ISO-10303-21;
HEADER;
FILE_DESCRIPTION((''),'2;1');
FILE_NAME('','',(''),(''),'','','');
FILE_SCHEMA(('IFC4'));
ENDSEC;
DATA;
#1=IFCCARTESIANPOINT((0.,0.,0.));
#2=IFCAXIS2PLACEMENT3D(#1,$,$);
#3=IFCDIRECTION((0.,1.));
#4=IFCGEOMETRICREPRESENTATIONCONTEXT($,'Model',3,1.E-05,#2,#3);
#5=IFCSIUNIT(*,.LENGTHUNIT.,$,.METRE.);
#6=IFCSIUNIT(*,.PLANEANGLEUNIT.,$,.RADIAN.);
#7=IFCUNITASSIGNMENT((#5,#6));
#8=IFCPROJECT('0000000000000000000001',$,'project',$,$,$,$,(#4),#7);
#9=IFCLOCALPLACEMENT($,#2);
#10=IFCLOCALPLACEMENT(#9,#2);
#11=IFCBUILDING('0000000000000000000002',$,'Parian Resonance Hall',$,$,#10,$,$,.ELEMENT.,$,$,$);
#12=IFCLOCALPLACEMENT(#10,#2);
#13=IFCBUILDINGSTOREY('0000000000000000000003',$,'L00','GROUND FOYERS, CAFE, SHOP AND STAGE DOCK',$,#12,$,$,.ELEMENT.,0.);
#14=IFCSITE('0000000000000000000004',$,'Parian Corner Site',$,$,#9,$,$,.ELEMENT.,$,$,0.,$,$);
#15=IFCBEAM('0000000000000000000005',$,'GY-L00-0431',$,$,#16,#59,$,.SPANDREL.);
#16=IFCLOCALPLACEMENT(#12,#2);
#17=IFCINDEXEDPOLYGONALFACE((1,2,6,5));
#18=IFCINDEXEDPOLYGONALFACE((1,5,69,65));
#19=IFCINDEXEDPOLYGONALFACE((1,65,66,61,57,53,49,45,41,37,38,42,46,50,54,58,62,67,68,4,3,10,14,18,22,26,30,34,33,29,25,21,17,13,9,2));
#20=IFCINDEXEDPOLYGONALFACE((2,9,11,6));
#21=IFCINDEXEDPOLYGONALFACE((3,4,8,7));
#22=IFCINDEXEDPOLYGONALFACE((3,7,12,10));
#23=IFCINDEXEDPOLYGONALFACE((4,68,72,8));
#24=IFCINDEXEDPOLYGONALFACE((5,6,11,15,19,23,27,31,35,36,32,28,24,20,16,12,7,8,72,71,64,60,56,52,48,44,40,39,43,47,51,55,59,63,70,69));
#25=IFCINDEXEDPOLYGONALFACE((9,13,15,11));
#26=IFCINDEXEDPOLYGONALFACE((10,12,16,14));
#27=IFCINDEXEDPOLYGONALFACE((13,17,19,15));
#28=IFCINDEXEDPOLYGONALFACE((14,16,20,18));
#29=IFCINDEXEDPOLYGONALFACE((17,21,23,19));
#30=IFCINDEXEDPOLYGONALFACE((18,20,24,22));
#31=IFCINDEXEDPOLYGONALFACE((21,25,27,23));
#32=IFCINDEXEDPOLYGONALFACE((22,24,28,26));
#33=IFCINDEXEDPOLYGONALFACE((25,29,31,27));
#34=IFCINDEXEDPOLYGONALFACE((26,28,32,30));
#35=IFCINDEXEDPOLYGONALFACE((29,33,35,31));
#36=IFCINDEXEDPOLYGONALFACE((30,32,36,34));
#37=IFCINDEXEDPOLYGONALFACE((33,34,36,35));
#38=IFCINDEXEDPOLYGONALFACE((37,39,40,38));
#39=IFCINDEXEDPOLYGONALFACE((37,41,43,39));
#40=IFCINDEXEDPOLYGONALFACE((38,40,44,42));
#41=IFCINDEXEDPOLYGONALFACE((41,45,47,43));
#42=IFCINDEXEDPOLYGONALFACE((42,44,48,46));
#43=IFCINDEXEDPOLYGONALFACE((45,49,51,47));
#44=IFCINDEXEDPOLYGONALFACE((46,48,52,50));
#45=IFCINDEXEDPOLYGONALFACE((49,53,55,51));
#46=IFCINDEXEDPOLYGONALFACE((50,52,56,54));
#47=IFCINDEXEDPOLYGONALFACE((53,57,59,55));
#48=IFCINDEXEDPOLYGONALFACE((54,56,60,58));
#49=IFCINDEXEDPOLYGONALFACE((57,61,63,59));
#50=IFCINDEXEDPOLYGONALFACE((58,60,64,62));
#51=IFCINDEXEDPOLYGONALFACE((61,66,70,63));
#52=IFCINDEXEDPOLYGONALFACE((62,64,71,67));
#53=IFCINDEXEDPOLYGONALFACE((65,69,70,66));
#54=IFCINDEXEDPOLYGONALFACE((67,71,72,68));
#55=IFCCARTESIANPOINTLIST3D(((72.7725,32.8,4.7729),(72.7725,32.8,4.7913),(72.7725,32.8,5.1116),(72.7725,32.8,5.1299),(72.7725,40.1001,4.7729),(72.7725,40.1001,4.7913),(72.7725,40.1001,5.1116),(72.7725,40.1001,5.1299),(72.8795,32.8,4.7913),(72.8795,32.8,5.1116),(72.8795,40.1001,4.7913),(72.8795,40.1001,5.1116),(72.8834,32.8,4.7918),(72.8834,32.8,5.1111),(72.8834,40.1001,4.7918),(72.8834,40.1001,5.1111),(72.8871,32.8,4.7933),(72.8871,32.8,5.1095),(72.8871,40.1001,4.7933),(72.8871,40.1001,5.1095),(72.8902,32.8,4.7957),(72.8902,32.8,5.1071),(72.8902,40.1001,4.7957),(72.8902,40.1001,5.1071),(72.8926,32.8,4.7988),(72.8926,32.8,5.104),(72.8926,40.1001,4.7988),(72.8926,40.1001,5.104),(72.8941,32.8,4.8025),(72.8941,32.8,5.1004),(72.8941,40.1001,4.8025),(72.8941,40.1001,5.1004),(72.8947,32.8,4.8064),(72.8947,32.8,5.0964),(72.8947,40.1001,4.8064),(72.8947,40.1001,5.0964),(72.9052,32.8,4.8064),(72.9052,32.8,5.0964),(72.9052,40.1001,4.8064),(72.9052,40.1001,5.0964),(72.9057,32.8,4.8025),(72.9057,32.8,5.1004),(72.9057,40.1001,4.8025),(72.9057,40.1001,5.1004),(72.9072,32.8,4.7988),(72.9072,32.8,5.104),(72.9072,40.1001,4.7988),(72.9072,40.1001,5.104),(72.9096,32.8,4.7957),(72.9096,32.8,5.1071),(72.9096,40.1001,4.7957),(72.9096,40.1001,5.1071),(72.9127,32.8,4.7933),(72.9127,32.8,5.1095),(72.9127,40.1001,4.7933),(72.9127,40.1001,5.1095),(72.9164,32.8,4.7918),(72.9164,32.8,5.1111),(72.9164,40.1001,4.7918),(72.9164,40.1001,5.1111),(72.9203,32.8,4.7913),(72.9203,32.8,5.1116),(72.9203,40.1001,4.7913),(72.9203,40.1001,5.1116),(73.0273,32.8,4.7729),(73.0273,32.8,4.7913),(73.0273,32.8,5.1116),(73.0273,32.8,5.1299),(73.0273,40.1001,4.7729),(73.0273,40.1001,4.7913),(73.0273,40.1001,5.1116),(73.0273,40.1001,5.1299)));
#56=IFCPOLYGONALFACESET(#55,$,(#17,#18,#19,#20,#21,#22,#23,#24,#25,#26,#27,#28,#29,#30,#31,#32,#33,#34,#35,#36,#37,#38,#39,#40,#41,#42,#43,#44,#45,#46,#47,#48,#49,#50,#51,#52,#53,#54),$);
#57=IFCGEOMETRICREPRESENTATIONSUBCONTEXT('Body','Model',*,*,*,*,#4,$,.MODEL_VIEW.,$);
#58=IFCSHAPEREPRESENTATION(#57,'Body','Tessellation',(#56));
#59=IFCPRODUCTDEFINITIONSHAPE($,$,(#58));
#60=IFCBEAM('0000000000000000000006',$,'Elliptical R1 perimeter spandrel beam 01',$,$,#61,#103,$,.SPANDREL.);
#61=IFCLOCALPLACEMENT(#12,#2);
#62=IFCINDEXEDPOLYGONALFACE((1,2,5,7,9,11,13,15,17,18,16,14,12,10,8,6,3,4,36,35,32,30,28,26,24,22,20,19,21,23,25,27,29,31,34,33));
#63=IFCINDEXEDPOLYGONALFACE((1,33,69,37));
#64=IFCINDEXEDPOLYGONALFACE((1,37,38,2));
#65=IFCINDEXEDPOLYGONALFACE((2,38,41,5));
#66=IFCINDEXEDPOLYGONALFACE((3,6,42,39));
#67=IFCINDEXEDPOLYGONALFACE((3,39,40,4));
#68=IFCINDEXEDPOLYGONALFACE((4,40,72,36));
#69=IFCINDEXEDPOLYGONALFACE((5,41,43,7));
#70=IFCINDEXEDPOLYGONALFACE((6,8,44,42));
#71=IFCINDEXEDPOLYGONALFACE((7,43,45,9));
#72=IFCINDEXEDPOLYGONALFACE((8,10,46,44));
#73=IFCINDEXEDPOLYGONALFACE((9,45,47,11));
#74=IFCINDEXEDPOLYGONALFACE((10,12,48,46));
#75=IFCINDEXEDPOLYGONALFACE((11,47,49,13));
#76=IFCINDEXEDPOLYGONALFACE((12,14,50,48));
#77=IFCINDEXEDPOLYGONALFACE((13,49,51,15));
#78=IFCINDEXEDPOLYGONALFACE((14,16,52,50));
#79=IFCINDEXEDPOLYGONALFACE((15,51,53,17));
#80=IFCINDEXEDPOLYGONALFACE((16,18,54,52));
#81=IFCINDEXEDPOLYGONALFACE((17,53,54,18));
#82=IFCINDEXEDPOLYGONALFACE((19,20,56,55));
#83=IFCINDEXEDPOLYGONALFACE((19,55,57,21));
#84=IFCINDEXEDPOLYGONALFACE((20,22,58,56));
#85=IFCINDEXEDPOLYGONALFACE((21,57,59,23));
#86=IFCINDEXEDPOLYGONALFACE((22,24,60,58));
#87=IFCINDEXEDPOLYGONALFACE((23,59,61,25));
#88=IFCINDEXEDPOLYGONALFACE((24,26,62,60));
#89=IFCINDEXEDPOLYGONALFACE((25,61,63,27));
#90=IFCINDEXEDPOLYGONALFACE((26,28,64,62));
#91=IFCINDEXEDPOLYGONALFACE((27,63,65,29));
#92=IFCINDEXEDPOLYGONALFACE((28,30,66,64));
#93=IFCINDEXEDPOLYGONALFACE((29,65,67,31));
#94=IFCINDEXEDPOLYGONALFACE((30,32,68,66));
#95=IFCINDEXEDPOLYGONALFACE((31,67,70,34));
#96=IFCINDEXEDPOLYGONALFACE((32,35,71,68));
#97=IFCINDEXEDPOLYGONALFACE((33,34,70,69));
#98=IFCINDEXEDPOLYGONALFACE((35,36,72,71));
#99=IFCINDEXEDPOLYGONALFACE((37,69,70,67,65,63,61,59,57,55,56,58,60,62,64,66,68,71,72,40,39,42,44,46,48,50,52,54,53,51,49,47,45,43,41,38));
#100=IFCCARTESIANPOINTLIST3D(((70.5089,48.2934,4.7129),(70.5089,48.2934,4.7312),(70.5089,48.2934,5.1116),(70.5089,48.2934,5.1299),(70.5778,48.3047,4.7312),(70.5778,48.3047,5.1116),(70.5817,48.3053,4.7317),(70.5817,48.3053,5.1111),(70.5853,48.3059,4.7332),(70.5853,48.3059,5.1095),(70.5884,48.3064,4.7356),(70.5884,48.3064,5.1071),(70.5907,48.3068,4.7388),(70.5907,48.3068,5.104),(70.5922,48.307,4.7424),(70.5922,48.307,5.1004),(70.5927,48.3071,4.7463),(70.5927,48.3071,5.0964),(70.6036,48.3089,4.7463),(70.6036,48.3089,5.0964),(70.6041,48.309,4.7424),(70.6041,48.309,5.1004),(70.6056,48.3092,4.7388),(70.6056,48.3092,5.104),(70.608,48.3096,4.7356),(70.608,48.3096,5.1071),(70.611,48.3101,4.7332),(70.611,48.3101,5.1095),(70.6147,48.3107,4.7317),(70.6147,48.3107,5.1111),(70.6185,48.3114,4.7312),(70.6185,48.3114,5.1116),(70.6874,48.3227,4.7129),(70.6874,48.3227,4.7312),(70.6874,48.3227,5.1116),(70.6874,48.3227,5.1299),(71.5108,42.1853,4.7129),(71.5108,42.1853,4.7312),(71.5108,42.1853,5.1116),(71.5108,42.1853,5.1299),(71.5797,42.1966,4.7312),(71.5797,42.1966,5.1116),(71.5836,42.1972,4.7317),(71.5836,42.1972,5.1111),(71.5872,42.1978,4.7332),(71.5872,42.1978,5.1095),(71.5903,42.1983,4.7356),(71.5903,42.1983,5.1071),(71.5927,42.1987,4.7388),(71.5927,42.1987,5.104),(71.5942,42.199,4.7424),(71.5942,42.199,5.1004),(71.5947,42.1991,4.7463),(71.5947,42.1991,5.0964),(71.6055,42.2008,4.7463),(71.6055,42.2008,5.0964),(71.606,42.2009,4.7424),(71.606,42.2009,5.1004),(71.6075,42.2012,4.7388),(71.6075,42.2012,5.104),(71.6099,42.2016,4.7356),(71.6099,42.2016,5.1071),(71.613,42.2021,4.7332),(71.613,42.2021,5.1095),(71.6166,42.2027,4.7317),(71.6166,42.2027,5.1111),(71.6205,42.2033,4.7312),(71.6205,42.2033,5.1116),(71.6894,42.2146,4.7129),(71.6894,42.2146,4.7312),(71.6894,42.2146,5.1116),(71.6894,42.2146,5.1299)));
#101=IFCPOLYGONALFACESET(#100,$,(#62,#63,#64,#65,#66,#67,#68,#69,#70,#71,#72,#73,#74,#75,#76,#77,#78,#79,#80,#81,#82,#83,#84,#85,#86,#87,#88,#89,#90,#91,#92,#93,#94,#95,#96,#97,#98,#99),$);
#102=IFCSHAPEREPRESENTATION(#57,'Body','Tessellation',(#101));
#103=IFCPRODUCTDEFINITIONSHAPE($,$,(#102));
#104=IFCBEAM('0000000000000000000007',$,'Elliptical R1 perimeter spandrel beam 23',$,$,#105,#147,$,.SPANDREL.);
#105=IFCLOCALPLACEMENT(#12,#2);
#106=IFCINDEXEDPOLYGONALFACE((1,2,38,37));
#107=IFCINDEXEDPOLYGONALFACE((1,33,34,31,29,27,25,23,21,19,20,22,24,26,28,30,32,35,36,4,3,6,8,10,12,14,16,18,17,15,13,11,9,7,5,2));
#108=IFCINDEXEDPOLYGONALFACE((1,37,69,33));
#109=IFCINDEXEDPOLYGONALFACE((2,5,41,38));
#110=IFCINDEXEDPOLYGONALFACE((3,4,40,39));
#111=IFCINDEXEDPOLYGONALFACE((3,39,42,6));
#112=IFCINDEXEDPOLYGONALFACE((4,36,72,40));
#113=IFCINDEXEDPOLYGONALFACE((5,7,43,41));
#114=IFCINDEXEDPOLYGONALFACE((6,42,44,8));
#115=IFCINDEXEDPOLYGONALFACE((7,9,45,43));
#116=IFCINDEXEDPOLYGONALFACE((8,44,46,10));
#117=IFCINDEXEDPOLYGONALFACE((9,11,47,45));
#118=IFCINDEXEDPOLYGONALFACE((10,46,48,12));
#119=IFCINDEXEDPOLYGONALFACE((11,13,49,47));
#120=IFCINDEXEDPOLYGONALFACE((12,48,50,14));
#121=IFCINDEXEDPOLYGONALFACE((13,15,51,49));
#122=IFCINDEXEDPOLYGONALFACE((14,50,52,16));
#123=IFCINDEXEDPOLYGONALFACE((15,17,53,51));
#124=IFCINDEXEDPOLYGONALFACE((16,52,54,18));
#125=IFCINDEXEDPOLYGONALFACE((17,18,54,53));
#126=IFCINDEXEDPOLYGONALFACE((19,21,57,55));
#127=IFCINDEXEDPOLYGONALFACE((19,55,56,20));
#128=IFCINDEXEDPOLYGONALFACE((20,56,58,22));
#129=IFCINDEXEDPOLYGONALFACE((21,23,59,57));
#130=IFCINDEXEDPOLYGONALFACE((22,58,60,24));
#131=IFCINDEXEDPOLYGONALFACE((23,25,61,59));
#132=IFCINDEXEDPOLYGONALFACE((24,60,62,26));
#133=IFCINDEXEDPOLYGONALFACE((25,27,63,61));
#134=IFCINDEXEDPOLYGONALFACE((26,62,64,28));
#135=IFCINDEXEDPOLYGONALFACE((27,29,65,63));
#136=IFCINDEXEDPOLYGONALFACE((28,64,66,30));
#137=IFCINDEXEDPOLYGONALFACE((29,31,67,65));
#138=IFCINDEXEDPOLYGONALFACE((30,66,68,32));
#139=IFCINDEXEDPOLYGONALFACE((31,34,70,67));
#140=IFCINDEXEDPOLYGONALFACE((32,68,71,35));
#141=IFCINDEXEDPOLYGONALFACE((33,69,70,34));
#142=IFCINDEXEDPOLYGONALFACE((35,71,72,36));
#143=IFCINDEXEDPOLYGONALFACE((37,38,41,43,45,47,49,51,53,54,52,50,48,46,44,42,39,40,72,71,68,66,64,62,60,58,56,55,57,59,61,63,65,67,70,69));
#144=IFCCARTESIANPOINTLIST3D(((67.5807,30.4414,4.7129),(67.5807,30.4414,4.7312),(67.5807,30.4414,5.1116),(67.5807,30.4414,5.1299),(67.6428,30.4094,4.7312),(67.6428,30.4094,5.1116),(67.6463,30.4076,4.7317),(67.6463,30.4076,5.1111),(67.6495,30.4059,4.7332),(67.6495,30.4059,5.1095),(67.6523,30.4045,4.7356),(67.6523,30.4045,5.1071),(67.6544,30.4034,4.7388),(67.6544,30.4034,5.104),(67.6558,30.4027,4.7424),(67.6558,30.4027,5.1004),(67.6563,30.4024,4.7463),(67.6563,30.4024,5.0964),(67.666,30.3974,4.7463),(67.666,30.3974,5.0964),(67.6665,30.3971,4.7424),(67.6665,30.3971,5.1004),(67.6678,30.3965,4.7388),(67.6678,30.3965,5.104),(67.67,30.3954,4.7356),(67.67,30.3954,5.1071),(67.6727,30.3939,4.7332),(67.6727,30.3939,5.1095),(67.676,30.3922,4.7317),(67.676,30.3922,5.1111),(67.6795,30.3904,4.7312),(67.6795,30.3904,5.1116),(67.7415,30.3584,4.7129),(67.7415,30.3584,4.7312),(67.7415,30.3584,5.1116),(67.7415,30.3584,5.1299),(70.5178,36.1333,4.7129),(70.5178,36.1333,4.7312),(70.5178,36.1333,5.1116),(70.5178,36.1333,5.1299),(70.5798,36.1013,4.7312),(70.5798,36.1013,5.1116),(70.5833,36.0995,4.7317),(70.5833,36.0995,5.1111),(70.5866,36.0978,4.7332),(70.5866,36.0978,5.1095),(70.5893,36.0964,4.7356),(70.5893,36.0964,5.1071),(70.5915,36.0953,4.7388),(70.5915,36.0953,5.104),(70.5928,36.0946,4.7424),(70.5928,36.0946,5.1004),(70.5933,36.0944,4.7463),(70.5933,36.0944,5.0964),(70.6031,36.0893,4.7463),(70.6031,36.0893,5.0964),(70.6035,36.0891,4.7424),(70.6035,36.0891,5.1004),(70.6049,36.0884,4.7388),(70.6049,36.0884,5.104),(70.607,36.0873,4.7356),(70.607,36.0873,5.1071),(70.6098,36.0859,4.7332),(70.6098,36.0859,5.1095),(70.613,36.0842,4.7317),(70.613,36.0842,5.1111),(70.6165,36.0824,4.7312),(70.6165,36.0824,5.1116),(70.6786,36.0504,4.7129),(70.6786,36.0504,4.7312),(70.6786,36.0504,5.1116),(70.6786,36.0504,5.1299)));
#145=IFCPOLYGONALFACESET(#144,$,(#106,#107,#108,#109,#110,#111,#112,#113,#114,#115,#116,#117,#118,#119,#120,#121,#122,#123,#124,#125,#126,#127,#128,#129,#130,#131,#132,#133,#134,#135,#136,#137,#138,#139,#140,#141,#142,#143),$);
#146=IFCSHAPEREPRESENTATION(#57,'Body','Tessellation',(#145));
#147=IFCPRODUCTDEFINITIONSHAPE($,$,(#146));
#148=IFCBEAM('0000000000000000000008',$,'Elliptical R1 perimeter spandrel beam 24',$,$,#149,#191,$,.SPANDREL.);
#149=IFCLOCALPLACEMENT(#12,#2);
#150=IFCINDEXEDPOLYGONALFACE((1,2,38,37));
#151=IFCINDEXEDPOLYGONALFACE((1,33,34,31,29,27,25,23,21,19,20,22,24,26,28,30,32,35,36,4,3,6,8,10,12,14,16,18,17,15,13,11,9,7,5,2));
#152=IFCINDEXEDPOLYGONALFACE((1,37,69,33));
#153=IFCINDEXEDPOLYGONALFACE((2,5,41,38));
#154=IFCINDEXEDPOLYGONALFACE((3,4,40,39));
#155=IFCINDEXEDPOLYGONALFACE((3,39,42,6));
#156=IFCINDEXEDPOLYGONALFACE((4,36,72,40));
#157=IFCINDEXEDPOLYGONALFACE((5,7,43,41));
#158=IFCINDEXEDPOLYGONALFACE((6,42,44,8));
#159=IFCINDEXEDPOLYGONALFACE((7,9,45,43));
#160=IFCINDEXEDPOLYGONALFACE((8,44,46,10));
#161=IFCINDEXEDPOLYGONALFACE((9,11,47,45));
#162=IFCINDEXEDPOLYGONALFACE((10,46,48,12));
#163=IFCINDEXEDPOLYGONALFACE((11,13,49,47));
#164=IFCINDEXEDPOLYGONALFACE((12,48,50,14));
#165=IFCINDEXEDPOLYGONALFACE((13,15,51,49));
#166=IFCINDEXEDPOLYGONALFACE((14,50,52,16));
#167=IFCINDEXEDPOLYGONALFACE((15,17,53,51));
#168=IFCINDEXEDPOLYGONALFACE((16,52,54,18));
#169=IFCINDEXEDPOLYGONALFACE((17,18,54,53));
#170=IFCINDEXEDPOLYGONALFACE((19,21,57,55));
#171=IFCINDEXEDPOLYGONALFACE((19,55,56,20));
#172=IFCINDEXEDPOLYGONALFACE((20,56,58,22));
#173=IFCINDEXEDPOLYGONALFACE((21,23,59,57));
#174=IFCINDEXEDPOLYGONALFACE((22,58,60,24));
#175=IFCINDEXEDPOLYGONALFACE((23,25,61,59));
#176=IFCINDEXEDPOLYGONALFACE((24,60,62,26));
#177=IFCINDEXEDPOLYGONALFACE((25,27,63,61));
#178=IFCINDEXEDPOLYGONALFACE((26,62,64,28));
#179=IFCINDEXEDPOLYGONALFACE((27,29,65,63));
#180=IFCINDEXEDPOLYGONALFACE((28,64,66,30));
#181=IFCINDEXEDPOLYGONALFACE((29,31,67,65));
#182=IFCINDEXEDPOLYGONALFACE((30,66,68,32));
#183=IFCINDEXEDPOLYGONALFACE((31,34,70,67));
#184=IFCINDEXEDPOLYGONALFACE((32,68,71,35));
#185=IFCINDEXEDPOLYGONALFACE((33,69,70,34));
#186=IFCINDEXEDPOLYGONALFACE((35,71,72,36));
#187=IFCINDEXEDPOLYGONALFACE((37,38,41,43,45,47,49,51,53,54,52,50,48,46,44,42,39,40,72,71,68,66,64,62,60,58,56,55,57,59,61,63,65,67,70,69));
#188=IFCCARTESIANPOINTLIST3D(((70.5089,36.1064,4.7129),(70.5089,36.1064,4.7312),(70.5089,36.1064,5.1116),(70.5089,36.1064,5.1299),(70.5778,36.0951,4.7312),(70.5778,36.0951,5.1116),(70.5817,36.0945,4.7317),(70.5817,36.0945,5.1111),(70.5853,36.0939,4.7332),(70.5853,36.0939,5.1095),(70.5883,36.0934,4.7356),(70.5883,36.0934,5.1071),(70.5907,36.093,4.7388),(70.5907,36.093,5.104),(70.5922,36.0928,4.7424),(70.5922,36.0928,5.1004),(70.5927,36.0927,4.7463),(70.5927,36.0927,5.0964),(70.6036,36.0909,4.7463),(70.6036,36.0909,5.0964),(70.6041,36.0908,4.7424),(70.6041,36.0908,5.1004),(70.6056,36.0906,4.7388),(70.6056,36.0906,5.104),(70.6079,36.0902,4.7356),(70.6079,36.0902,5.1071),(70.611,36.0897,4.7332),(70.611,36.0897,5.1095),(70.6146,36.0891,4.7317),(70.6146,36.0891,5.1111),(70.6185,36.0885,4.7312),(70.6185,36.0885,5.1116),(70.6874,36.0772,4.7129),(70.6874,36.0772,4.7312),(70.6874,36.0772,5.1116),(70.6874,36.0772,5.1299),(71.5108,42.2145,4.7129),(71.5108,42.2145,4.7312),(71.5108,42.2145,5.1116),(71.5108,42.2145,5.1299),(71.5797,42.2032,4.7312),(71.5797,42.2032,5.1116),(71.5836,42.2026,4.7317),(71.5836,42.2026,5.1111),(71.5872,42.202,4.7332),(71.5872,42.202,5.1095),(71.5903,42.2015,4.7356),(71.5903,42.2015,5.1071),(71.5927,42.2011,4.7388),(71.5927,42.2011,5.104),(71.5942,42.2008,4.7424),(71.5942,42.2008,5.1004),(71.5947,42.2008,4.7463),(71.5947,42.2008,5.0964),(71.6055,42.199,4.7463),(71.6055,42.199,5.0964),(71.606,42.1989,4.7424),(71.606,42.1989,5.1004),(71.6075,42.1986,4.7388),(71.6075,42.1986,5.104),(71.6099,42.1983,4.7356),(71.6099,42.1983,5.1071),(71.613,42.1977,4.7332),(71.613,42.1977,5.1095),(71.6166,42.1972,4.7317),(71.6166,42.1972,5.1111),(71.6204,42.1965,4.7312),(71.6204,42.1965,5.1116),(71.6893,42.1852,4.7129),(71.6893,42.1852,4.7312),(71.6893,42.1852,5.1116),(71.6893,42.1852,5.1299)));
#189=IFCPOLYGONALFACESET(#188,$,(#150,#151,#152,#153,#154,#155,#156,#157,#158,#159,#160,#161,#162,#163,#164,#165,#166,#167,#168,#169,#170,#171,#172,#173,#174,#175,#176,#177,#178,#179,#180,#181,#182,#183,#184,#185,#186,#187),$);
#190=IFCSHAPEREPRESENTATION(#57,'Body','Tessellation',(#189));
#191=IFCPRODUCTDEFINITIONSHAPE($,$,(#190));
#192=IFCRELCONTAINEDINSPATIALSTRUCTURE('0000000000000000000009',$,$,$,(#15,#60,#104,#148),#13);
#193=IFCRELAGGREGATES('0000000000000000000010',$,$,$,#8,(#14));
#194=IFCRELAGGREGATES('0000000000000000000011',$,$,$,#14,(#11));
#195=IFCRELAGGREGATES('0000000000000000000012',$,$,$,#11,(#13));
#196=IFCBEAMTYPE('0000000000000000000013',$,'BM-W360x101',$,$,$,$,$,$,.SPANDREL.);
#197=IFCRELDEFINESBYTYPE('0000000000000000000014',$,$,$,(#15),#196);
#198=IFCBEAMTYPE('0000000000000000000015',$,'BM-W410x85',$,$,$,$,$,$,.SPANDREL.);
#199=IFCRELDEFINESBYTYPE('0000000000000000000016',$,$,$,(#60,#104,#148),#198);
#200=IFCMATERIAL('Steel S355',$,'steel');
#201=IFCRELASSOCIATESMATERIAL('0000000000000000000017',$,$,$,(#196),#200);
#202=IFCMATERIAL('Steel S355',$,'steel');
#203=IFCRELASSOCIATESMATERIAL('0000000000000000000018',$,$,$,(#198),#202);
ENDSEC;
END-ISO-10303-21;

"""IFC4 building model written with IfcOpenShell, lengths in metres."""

from ifc_helpers import new_model, si_unit, direction, frame, origin, origin_2d, place, context, subcontext, project, spatial, i_section, extrude, material, material_profile, profile_set, type_object, element, save


model = new_model("IFC4")

# Units and contexts
model_context = context("Model", 3, precision=1e-05, world=origin(), true_north=direction((0.0, 1.0)))
body_context = subcontext(model_context, "Body", "Model", "MODEL_VIEW")
ifc_project = project(units=[si_unit("LENGTHUNIT", "METRE"), si_unit("PLANEANGLEUNIT", "RADIAN")], contexts=[model_context])

# Site, building, storey
site_placement = place(None, origin())
site = spatial("IfcSite", under=ifc_project, at=site_placement, Name="Parian Corner Site", CompositionType="ELEMENT", RefElevation=0.0)
building_placement = place(site_placement, origin())
building = spatial("IfcBuilding", under=site, at=building_placement, Name="Parian Resonance Hall", CompositionType="ELEMENT")
storey_placement = place(building_placement, origin())
storey = spatial("IfcBuildingStorey", under=building, at=storey_placement, Name="L00", Description="GROUND FOYERS, CAFE, SHOP AND STAGE DOCK", CompositionType="ELEMENT", Elevation=0.0)

# Beams
ifc_material_1 = material(Name="Steel S355", Category="steel")
ifc_material_profile_1 = material_profile(ifc_material_1, i_section(OverallWidth=0.2549, OverallDepth=0.3569, WebThickness=0.0105, FlangeThickness=0.0183, FilletRadius=0.0151, at=origin_2d()), Name="W360x101")
ifc_profile_set_1 = profile_set([ifc_material_profile_1], Name="Steel S355")
beam_type_1 = type_object("IfcBeamType", Name="BM-W360x101", PredefinedType="SPANDREL", material=ifc_profile_set_1)
beam_1_placement = place(storey_placement, frame((72.8999, 32.8, 4.9514), z_axis=(0.0, 1.0, 0.0), x_axis=(-1.0, 0.0, 0.0)))
element("IfcBeam", 1, at=beam_1_placement, inside=storey, type_object=beam_type_1, Name="GY-L00-0431", PredefinedType="SPANDREL", context=body_context, shape_type="SweptSolid", body=[
    extrude(i_section(OverallWidth=0.2549, OverallDepth=0.3569, WebThickness=0.0105, FlangeThickness=0.0183, FilletRadius=0.0151, at=origin_2d()), origin(), (0.0, 0.0, 1.0), 7.3),
])
ifc_material_2 = material(Name="Steel S355", Category="steel")
ifc_material_profile_2 = material_profile(ifc_material_2, i_section(OverallWidth=0.1809, OverallDepth=0.417, WebThickness=0.011, FlangeThickness=0.0183, FilletRadius=0.0151, at=origin_2d()), Name="W410x85")
ifc_profile_set_2 = profile_set([ifc_material_profile_2], Name="Steel S355")
beam_type_2 = type_object("IfcBeamType", Name="BM-W410x85", PredefinedType="SPANDREL", material=ifc_profile_set_2)
beam_2_placement = place(storey_placement, frame((71.6001, 42.2, 4.9214), z_axis=(-0.161872, 0.986812, 0.0), x_axis=(-0.986812, -0.161872, 0.0)))
element("IfcBeam", 2, at=beam_2_placement, inside=storey, type_object=beam_type_2, Name="Elliptical R1 perimeter spandrel beam 01", PredefinedType="SPANDREL", context=body_context, shape_type="SweptSolid", body=[
    extrude(i_section(OverallWidth=0.1809, OverallDepth=0.417, WebThickness=0.011, FlangeThickness=0.0183, FilletRadius=0.0151, at=origin_2d()), origin(), (0.0, 0.0, 1.0), 6.1897),
])
beam_3_placement = place(storey_placement, frame((67.6611, 30.3999, 4.9214), z_axis=(0.458552, 0.888668, 0.0), x_axis=(-0.888668, 0.458552, 0.0)))
element("IfcBeam", 3, at=beam_3_placement, inside=storey, type_object=beam_type_2, Name="Elliptical R1 perimeter spandrel beam 23", PredefinedType="SPANDREL", context=body_context, shape_type="SweptSolid", body=[
    extrude(i_section(OverallWidth=0.1809, OverallDepth=0.417, WebThickness=0.011, FlangeThickness=0.0183, FilletRadius=0.0151, at=origin_2d()), origin(), (0.0, 0.0, 1.0), 6.405),
])
beam_4_placement = place(storey_placement, frame((70.5981, 36.0918, 4.9214), z_axis=(0.161872, 0.986812, 0.0), x_axis=(-0.986812, 0.161872, 0.0)))
element("IfcBeam", 4, at=beam_4_placement, inside=storey, type_object=beam_type_2, Name="Elliptical R1 perimeter spandrel beam 24", PredefinedType="SPANDREL", context=body_context, shape_type="SweptSolid", body=[
    extrude(i_section(OverallWidth=0.1809, OverallDepth=0.417, WebThickness=0.011, FlangeThickness=0.0183, FilletRadius=0.0151, at=origin_2d()), origin(), (0.0, 0.0, 1.0), 6.1897),
])

save(model, "model.ifc")
